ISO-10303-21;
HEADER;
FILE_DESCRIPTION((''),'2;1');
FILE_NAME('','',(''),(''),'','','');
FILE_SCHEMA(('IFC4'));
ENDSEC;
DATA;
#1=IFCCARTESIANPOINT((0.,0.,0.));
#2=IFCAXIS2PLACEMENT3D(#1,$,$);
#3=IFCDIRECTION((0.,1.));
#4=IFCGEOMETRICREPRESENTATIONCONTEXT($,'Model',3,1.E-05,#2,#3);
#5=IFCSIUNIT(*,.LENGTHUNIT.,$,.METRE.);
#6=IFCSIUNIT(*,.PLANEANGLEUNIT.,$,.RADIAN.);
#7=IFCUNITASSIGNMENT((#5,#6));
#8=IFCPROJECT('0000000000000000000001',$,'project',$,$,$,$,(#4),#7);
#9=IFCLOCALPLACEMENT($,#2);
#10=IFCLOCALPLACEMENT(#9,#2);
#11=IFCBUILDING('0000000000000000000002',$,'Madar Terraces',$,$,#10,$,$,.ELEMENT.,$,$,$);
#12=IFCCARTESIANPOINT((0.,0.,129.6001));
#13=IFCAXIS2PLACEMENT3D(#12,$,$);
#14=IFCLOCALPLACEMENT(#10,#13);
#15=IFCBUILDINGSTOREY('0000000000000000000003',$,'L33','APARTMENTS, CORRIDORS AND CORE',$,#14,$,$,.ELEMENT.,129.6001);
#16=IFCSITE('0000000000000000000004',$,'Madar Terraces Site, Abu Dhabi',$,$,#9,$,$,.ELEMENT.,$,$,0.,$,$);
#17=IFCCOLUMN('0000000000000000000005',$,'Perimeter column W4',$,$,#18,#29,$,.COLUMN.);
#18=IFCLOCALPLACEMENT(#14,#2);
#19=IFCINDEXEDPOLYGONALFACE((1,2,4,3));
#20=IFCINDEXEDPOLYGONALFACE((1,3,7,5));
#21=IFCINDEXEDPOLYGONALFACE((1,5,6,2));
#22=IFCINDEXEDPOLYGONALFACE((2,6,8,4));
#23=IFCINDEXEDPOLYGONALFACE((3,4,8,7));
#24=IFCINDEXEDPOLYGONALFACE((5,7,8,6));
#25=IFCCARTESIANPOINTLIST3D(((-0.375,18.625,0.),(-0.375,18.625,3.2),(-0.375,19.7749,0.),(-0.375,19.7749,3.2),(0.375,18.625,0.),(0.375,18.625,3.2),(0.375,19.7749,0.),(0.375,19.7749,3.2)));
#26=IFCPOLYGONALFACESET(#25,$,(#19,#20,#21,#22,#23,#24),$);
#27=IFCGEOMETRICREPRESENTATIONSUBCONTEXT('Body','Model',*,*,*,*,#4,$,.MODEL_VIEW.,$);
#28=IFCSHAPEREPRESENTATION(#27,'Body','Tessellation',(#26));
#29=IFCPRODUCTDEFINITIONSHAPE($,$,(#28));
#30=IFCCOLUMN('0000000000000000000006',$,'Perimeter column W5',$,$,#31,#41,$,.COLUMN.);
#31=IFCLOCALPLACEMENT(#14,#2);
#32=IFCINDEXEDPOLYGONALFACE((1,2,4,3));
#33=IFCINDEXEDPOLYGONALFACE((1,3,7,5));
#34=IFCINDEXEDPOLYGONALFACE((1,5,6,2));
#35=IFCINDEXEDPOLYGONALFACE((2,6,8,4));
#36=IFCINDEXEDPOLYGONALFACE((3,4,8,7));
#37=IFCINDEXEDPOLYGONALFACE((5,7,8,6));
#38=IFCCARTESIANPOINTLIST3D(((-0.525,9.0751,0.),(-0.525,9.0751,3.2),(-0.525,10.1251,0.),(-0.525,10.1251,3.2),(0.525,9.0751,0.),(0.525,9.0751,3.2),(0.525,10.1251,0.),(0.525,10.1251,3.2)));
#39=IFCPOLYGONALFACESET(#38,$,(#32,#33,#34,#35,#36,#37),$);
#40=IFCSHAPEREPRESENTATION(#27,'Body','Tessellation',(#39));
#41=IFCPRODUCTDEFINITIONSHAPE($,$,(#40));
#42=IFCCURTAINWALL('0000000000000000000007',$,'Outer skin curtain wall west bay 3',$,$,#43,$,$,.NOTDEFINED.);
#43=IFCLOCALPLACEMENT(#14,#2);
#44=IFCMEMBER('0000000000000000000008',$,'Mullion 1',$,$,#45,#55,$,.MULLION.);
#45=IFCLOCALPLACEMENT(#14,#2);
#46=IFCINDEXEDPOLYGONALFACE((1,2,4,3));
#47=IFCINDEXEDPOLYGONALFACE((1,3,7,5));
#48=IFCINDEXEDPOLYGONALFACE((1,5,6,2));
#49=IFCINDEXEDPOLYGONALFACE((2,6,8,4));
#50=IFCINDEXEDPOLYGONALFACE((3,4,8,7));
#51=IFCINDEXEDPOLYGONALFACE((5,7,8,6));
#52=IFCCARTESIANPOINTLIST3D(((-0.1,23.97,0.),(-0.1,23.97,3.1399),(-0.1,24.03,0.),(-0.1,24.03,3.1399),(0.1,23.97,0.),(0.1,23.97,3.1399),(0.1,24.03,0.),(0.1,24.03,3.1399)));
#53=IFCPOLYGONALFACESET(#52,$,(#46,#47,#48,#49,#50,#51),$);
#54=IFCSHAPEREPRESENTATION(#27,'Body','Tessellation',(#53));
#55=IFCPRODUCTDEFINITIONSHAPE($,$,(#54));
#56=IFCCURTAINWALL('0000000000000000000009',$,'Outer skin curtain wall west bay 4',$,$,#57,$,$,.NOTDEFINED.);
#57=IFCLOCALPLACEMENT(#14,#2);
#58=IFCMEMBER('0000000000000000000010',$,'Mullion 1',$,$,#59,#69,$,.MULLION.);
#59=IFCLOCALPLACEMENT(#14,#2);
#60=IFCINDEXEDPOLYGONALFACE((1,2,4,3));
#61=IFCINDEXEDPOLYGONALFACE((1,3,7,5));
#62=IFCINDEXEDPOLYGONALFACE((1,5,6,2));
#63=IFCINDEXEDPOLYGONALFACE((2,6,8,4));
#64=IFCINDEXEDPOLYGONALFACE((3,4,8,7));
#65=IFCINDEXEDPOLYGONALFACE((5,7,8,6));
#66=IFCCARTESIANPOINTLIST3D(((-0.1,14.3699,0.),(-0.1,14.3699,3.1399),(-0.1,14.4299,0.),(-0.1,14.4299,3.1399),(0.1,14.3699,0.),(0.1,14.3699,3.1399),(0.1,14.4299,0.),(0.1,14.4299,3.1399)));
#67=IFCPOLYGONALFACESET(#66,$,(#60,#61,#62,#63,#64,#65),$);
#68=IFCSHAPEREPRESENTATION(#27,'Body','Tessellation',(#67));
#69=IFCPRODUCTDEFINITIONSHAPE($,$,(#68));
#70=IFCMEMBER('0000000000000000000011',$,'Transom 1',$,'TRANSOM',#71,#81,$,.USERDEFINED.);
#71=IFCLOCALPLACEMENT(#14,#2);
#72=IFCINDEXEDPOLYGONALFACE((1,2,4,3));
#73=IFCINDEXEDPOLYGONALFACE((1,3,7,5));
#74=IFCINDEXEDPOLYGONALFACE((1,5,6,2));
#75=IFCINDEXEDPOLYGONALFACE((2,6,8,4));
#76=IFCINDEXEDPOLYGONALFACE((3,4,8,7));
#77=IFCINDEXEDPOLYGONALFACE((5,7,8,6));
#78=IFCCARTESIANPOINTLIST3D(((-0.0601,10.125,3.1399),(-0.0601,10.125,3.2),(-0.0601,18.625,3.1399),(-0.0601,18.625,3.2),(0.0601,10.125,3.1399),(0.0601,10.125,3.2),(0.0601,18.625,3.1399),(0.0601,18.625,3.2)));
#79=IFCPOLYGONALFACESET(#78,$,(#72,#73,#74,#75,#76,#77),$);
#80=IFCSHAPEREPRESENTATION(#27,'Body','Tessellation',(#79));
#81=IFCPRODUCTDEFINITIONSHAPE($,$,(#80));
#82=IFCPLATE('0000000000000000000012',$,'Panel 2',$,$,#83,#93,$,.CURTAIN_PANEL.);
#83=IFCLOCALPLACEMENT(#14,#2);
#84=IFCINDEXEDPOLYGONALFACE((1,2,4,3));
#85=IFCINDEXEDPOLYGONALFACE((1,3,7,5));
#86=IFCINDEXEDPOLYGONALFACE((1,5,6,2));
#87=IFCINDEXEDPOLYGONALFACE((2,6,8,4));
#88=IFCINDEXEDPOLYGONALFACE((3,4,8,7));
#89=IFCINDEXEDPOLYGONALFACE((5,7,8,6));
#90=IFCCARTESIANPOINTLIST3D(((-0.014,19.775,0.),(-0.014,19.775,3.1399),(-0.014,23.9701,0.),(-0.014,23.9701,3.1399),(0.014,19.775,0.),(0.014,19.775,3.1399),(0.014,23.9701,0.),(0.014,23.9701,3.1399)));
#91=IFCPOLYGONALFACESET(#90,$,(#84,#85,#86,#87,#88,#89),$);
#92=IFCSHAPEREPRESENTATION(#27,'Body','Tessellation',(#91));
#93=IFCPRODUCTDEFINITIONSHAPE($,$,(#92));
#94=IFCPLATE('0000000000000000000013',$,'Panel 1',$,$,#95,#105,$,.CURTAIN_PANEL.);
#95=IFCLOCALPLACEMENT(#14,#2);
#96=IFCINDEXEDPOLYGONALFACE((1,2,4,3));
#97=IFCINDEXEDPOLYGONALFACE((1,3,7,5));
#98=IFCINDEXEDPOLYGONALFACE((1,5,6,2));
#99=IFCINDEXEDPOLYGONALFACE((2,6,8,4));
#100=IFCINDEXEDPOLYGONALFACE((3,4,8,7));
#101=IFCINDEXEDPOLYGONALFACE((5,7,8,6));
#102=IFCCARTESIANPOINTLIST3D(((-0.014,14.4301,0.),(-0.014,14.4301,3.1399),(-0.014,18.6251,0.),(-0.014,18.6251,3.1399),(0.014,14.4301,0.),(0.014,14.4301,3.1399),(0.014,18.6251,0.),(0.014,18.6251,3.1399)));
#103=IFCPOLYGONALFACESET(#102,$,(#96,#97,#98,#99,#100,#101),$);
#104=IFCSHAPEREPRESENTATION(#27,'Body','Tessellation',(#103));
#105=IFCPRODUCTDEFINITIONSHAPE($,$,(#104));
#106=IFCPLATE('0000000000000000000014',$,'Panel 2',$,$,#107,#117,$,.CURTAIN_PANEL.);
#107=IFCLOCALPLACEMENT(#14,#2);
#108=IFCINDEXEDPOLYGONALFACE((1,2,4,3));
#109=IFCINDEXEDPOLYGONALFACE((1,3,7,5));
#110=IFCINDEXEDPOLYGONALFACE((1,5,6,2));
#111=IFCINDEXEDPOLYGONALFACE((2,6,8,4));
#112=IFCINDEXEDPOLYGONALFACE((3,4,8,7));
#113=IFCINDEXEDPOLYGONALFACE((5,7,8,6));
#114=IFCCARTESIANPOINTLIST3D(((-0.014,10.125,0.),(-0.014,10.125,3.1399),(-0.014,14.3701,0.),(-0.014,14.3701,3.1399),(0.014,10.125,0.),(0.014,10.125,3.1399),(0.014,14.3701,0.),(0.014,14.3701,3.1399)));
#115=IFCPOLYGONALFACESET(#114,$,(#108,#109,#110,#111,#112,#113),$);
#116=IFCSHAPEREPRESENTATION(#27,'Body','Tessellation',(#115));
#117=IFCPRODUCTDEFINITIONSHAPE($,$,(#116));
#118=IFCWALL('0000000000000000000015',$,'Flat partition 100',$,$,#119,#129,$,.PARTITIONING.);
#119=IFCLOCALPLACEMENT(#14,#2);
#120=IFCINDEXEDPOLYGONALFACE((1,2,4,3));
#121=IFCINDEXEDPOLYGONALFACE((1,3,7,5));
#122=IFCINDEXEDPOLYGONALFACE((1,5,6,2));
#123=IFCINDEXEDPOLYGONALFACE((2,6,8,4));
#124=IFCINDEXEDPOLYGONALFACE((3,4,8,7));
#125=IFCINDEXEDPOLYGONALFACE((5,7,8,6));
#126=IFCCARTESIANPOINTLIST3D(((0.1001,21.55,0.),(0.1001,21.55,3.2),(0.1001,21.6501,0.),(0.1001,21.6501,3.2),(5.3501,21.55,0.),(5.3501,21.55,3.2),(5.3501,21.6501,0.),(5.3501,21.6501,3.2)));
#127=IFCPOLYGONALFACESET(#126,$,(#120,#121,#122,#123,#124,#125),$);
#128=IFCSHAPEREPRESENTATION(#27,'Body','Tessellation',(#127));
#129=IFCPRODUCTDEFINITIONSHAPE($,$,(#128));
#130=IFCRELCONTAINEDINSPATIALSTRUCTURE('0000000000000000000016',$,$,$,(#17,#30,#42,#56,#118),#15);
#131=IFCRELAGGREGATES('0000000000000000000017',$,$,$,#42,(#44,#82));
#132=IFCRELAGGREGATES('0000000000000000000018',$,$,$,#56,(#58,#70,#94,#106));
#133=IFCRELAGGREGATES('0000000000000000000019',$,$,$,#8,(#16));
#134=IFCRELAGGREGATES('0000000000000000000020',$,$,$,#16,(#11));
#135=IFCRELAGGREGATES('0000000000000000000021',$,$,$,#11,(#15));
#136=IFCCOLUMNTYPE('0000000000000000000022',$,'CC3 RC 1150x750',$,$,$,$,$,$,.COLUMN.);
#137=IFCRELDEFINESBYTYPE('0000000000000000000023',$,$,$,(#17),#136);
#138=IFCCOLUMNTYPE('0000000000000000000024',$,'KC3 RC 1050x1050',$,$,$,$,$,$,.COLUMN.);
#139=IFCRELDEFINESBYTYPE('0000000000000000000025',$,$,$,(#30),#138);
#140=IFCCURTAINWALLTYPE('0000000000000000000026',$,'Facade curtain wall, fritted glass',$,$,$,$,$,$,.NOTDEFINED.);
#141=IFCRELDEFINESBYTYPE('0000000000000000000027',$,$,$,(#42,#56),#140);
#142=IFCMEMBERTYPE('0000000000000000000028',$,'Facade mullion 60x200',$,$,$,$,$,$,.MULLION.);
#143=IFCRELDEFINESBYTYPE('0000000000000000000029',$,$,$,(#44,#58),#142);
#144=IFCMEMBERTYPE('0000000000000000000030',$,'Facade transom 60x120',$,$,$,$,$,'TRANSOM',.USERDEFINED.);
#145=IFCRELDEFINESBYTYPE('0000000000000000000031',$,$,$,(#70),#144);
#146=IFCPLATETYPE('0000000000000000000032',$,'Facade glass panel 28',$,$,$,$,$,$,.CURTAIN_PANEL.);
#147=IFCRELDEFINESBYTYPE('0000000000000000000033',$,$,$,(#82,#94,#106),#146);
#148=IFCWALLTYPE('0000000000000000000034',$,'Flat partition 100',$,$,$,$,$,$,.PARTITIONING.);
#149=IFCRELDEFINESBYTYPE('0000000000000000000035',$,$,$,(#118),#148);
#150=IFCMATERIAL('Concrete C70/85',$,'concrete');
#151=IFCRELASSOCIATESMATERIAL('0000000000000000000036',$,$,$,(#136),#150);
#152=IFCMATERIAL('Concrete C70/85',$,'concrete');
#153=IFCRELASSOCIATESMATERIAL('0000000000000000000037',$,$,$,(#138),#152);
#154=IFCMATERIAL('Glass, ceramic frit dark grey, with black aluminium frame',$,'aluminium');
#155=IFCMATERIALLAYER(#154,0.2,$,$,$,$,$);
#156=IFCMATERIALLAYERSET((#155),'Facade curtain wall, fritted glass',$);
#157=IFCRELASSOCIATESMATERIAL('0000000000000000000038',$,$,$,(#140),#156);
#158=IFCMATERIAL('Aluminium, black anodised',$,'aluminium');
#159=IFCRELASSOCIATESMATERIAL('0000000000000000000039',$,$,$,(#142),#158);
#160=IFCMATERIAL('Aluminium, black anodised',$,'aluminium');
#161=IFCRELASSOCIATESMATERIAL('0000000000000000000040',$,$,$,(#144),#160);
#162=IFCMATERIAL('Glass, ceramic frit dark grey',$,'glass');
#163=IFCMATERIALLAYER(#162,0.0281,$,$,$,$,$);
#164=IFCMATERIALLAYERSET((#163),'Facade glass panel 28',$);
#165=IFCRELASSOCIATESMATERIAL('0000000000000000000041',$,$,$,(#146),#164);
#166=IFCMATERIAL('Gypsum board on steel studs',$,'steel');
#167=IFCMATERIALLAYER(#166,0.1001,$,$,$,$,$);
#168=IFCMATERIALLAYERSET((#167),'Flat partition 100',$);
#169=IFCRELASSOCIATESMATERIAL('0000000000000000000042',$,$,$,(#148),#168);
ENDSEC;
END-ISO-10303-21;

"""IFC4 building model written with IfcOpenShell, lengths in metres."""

from ifc_helpers import new_model, si_unit, direction, frame, frame_2d, origin, origin_2d, place, context, subcontext, project, spatial, rectangle, extrude, material, layer, layer_set, material_profile, profile_set, type_object, element, aggregate, save


model = new_model("IFC4")

# Units and contexts
model_context = context("Model", 3, precision=1e-05, world=origin(), true_north=direction((0.0, 1.0)))
body_context = subcontext(model_context, "Body", "Model", "MODEL_VIEW")
ifc_project = project(units=[si_unit("LENGTHUNIT", "METRE"), si_unit("PLANEANGLEUNIT", "RADIAN")], contexts=[model_context])

# Site, building, storey
site_placement = place(None, origin())
site = spatial("IfcSite", under=ifc_project, at=site_placement, Name="Madar Terraces Site, Abu Dhabi", CompositionType="ELEMENT", RefElevation=0.0)
building_placement = place(site_placement, origin())
building = spatial("IfcBuilding", under=site, at=building_placement, Name="Madar Terraces", CompositionType="ELEMENT")
storey_placement = place(building_placement, frame((0.0, 0.0, 129.6001)))
storey = spatial("IfcBuildingStorey", under=building, at=storey_placement, Name="L33", Description="APARTMENTS, CORRIDORS AND CORE", CompositionType="ELEMENT", Elevation=129.6001)

# Columns
ifc_material_1 = material(Name="Concrete C70/85", Category="concrete")
ifc_material_profile_1 = material_profile(ifc_material_1, rectangle(XDim=1.1499, YDim=0.75, at=origin_2d()), Name="CC3 RC 1150x750")
ifc_profile_set_1 = profile_set([ifc_material_profile_1], Name="Concrete C70/85")
column_type_1 = type_object("IfcColumnType", Name="CC3 RC 1150x750", PredefinedType="COLUMN", material=ifc_profile_set_1)
column_1_placement = place(storey_placement, frame((0.0, 19.2, 0.0), z_axis=(0.0, 0.0, 1.0), x_axis=(0.0, 1.0, 0.0)))
element("IfcColumn", 1, at=column_1_placement, inside=storey, type_object=column_type_1, Name="Perimeter column W4", PredefinedType="COLUMN", context=body_context, shape_type="SweptSolid", body=[
    extrude(rectangle(XDim=1.1499, YDim=0.75, at=origin_2d()), origin(), (0.0, 0.0, 1.0), 3.2),
])
ifc_material_2 = material(Name="Concrete C70/85", Category="concrete")
ifc_material_profile_2 = material_profile(ifc_material_2, rectangle(XDim=1.05, YDim=1.05, at=origin_2d()), Name="KC3 RC 1050x1050")
ifc_profile_set_2 = profile_set([ifc_material_profile_2], Name="Concrete C70/85")
column_type_2 = type_object("IfcColumnType", Name="KC3 RC 1050x1050", PredefinedType="COLUMN", material=ifc_profile_set_2)
column_2_placement = place(storey_placement, frame((0.0, 9.6001, 0.0), z_axis=(0.0, 0.0, 1.0), x_axis=(1.0, 0.0, 0.0)))
element("IfcColumn", 2, at=column_2_placement, inside=storey, type_object=column_type_2, Name="Perimeter column W5", PredefinedType="COLUMN", context=body_context, shape_type="SweptSolid", body=[
    extrude(rectangle(XDim=1.05, YDim=1.05, at=origin_2d()), origin(), (0.0, 0.0, 1.0), 3.2),
])

# Curtain wall, member
ifc_material_3 = material(Name="Glass, ceramic frit dark grey, with black aluminium frame", Category="aluminium")
ifc_layer_1 = layer(ifc_material_3, 0.2)
ifc_layer_set_1 = layer_set([ifc_layer_1], Name="Facade curtain wall, fritted glass")
curtain_wall_type = type_object("IfcCurtainWallType", Name="Facade curtain wall, fritted glass", PredefinedType="NOTDEFINED", material=ifc_layer_set_1)
curtain_wall_1_placement = place(storey_placement, origin())
curtain_wall_1 = element("IfcCurtainWall", 3, at=curtain_wall_1_placement, inside=storey, type_object=curtain_wall_type, Name="Outer skin curtain wall west bay 3", PredefinedType="NOTDEFINED")
ifc_material_4 = material(Name="Aluminium, black anodised", Category="aluminium")
ifc_material_profile_3 = material_profile(ifc_material_4, rectangle(XDim=0.2, YDim=0.0601, at=origin_2d()), Name="Facade mullion 60x200")
ifc_profile_set_3 = profile_set([ifc_material_profile_3], Name="Aluminium, black anodised")
member_type_1 = type_object("IfcMemberType", Name="Facade mullion 60x200", PredefinedType="MULLION", material=ifc_profile_set_3)
member_1_placement = place(storey_placement, frame((0.0, 24.0, 0.0), z_axis=(0.0, 0.0, 1.0), x_axis=(1.0, 0.0, 0.0)))
member_1 = element("IfcMember", 4, at=member_1_placement, type_object=member_type_1, Name="Mullion 1", PredefinedType="MULLION", context=body_context, shape_type="SweptSolid", body=[
    extrude(rectangle(XDim=0.2, YDim=0.0601, at=origin_2d()), origin(), (0.0, 0.0, 1.0), 3.1399),
])

# Curtain wall, members
curtain_wall_2_placement = place(storey_placement, origin())
curtain_wall_2 = element("IfcCurtainWall", 5, at=curtain_wall_2_placement, inside=storey, type_object=curtain_wall_type, Name="Outer skin curtain wall west bay 4", PredefinedType="NOTDEFINED")
member_2_placement = place(storey_placement, frame((0.0, 14.3999, 0.0), z_axis=(0.0, 0.0, 1.0), x_axis=(1.0, 0.0, 0.0)))
member_2 = element("IfcMember", 6, at=member_2_placement, type_object=member_type_1, Name="Mullion 1", PredefinedType="MULLION", context=body_context, shape_type="SweptSolid", body=[
    extrude(rectangle(XDim=0.2, YDim=0.0601, at=origin_2d()), origin(), (0.0, 0.0, 1.0), 3.1399),
])
ifc_material_5 = material(Name="Aluminium, black anodised", Category="aluminium")
ifc_material_profile_4 = material_profile(ifc_material_5, rectangle(XDim=0.1201, YDim=0.0601, at=origin_2d()), Name="Facade transom 60x120")
ifc_profile_set_4 = profile_set([ifc_material_profile_4], Name="Aluminium, black anodised")
member_type_2 = type_object("IfcMemberType", Name="Facade transom 60x120", ElementType="TRANSOM", PredefinedType="USERDEFINED", material=ifc_profile_set_4)
member_3_placement = place(storey_placement, frame((0.0, 18.625, 3.1699), z_axis=(0.0, -1.0, 0.0), x_axis=(1.0, 0.0, 0.0)))
member_3 = element("IfcMember", 7, at=member_3_placement, type_object=member_type_2, Name="Transom 1", ObjectType="TRANSOM", PredefinedType="USERDEFINED", context=body_context, shape_type="SweptSolid", body=[
    extrude(rectangle(XDim=0.1201, YDim=0.0601, at=origin_2d()), origin(), (0.0, 0.0, 1.0), 8.5),
])

# Plates
ifc_material_6 = material(Name="Glass, ceramic frit dark grey", Category="glass")
ifc_layer_2 = layer(ifc_material_6, 0.0281)
ifc_layer_set_2 = layer_set([ifc_layer_2], Name="Facade glass panel 28")
plate_type = type_object("IfcPlateType", Name="Facade glass panel 28", PredefinedType="CURTAIN_PANEL", material=ifc_layer_set_2)
plate_1_placement = place(storey_placement, frame((0.0, 21.8726, 0.0), z_axis=(0.0, 0.0, 1.0), x_axis=(0.0, -1.0, 0.0)))
plate_1 = element("IfcPlate", 8, at=plate_1_placement, type_object=plate_type, Name="Panel 2", PredefinedType="CURTAIN_PANEL", context=body_context, shape_type="SweptSolid", body=[
    extrude(rectangle(XDim=4.1951, YDim=0.0281, at=origin_2d()), origin(), (0.0, 0.0, 1.0), 3.1399),
])
aggregate(curtain_wall_1, [member_1, plate_1])
plate_2_placement = place(storey_placement, frame((0.0, 16.5276, 0.0), z_axis=(0.0, 0.0, 1.0), x_axis=(0.0, -1.0, 0.0)))
plate_2 = element("IfcPlate", 9, at=plate_2_placement, type_object=plate_type, Name="Panel 1", PredefinedType="CURTAIN_PANEL", context=body_context, shape_type="SweptSolid", body=[
    extrude(rectangle(XDim=4.1951, YDim=0.0281, at=origin_2d()), origin(), (0.0, 0.0, 1.0), 3.1399),
])
plate_3_placement = place(storey_placement, frame((0.0, 12.2476, 0.0), z_axis=(0.0, 0.0, 1.0), x_axis=(0.0, -1.0, 0.0)))
plate_3 = element("IfcPlate", 10, at=plate_3_placement, type_object=plate_type, Name="Panel 2", PredefinedType="CURTAIN_PANEL", context=body_context, shape_type="SweptSolid", body=[
    extrude(rectangle(XDim=4.2451, YDim=0.0281, at=origin_2d()), origin(), (0.0, 0.0, 1.0), 3.1399),
])
aggregate(curtain_wall_2, [member_2, member_3, plate_2, plate_3])

# Wall
ifc_material_7 = material(Name="Gypsum board on steel studs", Category="steel")
ifc_layer_3 = layer(ifc_material_7, 0.1001)
ifc_layer_set_3 = layer_set([ifc_layer_3], Name="Flat partition 100")
wall_type_1 = type_object("IfcWallType", Name="Flat partition 100", PredefinedType="PARTITIONING", material=ifc_layer_set_3)
wall_1_placement = place(storey_placement, frame((5.3501, 21.6001, 0.0), z_axis=(0.0, 0.0, 1.0), x_axis=(-1.0, 0.0, 0.0)))
element("IfcWall", 11, at=wall_1_placement, inside=storey, type_object=wall_type_1, Name="Flat partition 100", PredefinedType="PARTITIONING", context=body_context, shape_type="SweptSolid", body=[
    extrude(rectangle(XDim=5.25, YDim=0.1001, at=frame_2d((2.625, 0.0))), origin(), (0.0, 0.0, 1.0), 3.2),
])

save(model, "model.ifc")
